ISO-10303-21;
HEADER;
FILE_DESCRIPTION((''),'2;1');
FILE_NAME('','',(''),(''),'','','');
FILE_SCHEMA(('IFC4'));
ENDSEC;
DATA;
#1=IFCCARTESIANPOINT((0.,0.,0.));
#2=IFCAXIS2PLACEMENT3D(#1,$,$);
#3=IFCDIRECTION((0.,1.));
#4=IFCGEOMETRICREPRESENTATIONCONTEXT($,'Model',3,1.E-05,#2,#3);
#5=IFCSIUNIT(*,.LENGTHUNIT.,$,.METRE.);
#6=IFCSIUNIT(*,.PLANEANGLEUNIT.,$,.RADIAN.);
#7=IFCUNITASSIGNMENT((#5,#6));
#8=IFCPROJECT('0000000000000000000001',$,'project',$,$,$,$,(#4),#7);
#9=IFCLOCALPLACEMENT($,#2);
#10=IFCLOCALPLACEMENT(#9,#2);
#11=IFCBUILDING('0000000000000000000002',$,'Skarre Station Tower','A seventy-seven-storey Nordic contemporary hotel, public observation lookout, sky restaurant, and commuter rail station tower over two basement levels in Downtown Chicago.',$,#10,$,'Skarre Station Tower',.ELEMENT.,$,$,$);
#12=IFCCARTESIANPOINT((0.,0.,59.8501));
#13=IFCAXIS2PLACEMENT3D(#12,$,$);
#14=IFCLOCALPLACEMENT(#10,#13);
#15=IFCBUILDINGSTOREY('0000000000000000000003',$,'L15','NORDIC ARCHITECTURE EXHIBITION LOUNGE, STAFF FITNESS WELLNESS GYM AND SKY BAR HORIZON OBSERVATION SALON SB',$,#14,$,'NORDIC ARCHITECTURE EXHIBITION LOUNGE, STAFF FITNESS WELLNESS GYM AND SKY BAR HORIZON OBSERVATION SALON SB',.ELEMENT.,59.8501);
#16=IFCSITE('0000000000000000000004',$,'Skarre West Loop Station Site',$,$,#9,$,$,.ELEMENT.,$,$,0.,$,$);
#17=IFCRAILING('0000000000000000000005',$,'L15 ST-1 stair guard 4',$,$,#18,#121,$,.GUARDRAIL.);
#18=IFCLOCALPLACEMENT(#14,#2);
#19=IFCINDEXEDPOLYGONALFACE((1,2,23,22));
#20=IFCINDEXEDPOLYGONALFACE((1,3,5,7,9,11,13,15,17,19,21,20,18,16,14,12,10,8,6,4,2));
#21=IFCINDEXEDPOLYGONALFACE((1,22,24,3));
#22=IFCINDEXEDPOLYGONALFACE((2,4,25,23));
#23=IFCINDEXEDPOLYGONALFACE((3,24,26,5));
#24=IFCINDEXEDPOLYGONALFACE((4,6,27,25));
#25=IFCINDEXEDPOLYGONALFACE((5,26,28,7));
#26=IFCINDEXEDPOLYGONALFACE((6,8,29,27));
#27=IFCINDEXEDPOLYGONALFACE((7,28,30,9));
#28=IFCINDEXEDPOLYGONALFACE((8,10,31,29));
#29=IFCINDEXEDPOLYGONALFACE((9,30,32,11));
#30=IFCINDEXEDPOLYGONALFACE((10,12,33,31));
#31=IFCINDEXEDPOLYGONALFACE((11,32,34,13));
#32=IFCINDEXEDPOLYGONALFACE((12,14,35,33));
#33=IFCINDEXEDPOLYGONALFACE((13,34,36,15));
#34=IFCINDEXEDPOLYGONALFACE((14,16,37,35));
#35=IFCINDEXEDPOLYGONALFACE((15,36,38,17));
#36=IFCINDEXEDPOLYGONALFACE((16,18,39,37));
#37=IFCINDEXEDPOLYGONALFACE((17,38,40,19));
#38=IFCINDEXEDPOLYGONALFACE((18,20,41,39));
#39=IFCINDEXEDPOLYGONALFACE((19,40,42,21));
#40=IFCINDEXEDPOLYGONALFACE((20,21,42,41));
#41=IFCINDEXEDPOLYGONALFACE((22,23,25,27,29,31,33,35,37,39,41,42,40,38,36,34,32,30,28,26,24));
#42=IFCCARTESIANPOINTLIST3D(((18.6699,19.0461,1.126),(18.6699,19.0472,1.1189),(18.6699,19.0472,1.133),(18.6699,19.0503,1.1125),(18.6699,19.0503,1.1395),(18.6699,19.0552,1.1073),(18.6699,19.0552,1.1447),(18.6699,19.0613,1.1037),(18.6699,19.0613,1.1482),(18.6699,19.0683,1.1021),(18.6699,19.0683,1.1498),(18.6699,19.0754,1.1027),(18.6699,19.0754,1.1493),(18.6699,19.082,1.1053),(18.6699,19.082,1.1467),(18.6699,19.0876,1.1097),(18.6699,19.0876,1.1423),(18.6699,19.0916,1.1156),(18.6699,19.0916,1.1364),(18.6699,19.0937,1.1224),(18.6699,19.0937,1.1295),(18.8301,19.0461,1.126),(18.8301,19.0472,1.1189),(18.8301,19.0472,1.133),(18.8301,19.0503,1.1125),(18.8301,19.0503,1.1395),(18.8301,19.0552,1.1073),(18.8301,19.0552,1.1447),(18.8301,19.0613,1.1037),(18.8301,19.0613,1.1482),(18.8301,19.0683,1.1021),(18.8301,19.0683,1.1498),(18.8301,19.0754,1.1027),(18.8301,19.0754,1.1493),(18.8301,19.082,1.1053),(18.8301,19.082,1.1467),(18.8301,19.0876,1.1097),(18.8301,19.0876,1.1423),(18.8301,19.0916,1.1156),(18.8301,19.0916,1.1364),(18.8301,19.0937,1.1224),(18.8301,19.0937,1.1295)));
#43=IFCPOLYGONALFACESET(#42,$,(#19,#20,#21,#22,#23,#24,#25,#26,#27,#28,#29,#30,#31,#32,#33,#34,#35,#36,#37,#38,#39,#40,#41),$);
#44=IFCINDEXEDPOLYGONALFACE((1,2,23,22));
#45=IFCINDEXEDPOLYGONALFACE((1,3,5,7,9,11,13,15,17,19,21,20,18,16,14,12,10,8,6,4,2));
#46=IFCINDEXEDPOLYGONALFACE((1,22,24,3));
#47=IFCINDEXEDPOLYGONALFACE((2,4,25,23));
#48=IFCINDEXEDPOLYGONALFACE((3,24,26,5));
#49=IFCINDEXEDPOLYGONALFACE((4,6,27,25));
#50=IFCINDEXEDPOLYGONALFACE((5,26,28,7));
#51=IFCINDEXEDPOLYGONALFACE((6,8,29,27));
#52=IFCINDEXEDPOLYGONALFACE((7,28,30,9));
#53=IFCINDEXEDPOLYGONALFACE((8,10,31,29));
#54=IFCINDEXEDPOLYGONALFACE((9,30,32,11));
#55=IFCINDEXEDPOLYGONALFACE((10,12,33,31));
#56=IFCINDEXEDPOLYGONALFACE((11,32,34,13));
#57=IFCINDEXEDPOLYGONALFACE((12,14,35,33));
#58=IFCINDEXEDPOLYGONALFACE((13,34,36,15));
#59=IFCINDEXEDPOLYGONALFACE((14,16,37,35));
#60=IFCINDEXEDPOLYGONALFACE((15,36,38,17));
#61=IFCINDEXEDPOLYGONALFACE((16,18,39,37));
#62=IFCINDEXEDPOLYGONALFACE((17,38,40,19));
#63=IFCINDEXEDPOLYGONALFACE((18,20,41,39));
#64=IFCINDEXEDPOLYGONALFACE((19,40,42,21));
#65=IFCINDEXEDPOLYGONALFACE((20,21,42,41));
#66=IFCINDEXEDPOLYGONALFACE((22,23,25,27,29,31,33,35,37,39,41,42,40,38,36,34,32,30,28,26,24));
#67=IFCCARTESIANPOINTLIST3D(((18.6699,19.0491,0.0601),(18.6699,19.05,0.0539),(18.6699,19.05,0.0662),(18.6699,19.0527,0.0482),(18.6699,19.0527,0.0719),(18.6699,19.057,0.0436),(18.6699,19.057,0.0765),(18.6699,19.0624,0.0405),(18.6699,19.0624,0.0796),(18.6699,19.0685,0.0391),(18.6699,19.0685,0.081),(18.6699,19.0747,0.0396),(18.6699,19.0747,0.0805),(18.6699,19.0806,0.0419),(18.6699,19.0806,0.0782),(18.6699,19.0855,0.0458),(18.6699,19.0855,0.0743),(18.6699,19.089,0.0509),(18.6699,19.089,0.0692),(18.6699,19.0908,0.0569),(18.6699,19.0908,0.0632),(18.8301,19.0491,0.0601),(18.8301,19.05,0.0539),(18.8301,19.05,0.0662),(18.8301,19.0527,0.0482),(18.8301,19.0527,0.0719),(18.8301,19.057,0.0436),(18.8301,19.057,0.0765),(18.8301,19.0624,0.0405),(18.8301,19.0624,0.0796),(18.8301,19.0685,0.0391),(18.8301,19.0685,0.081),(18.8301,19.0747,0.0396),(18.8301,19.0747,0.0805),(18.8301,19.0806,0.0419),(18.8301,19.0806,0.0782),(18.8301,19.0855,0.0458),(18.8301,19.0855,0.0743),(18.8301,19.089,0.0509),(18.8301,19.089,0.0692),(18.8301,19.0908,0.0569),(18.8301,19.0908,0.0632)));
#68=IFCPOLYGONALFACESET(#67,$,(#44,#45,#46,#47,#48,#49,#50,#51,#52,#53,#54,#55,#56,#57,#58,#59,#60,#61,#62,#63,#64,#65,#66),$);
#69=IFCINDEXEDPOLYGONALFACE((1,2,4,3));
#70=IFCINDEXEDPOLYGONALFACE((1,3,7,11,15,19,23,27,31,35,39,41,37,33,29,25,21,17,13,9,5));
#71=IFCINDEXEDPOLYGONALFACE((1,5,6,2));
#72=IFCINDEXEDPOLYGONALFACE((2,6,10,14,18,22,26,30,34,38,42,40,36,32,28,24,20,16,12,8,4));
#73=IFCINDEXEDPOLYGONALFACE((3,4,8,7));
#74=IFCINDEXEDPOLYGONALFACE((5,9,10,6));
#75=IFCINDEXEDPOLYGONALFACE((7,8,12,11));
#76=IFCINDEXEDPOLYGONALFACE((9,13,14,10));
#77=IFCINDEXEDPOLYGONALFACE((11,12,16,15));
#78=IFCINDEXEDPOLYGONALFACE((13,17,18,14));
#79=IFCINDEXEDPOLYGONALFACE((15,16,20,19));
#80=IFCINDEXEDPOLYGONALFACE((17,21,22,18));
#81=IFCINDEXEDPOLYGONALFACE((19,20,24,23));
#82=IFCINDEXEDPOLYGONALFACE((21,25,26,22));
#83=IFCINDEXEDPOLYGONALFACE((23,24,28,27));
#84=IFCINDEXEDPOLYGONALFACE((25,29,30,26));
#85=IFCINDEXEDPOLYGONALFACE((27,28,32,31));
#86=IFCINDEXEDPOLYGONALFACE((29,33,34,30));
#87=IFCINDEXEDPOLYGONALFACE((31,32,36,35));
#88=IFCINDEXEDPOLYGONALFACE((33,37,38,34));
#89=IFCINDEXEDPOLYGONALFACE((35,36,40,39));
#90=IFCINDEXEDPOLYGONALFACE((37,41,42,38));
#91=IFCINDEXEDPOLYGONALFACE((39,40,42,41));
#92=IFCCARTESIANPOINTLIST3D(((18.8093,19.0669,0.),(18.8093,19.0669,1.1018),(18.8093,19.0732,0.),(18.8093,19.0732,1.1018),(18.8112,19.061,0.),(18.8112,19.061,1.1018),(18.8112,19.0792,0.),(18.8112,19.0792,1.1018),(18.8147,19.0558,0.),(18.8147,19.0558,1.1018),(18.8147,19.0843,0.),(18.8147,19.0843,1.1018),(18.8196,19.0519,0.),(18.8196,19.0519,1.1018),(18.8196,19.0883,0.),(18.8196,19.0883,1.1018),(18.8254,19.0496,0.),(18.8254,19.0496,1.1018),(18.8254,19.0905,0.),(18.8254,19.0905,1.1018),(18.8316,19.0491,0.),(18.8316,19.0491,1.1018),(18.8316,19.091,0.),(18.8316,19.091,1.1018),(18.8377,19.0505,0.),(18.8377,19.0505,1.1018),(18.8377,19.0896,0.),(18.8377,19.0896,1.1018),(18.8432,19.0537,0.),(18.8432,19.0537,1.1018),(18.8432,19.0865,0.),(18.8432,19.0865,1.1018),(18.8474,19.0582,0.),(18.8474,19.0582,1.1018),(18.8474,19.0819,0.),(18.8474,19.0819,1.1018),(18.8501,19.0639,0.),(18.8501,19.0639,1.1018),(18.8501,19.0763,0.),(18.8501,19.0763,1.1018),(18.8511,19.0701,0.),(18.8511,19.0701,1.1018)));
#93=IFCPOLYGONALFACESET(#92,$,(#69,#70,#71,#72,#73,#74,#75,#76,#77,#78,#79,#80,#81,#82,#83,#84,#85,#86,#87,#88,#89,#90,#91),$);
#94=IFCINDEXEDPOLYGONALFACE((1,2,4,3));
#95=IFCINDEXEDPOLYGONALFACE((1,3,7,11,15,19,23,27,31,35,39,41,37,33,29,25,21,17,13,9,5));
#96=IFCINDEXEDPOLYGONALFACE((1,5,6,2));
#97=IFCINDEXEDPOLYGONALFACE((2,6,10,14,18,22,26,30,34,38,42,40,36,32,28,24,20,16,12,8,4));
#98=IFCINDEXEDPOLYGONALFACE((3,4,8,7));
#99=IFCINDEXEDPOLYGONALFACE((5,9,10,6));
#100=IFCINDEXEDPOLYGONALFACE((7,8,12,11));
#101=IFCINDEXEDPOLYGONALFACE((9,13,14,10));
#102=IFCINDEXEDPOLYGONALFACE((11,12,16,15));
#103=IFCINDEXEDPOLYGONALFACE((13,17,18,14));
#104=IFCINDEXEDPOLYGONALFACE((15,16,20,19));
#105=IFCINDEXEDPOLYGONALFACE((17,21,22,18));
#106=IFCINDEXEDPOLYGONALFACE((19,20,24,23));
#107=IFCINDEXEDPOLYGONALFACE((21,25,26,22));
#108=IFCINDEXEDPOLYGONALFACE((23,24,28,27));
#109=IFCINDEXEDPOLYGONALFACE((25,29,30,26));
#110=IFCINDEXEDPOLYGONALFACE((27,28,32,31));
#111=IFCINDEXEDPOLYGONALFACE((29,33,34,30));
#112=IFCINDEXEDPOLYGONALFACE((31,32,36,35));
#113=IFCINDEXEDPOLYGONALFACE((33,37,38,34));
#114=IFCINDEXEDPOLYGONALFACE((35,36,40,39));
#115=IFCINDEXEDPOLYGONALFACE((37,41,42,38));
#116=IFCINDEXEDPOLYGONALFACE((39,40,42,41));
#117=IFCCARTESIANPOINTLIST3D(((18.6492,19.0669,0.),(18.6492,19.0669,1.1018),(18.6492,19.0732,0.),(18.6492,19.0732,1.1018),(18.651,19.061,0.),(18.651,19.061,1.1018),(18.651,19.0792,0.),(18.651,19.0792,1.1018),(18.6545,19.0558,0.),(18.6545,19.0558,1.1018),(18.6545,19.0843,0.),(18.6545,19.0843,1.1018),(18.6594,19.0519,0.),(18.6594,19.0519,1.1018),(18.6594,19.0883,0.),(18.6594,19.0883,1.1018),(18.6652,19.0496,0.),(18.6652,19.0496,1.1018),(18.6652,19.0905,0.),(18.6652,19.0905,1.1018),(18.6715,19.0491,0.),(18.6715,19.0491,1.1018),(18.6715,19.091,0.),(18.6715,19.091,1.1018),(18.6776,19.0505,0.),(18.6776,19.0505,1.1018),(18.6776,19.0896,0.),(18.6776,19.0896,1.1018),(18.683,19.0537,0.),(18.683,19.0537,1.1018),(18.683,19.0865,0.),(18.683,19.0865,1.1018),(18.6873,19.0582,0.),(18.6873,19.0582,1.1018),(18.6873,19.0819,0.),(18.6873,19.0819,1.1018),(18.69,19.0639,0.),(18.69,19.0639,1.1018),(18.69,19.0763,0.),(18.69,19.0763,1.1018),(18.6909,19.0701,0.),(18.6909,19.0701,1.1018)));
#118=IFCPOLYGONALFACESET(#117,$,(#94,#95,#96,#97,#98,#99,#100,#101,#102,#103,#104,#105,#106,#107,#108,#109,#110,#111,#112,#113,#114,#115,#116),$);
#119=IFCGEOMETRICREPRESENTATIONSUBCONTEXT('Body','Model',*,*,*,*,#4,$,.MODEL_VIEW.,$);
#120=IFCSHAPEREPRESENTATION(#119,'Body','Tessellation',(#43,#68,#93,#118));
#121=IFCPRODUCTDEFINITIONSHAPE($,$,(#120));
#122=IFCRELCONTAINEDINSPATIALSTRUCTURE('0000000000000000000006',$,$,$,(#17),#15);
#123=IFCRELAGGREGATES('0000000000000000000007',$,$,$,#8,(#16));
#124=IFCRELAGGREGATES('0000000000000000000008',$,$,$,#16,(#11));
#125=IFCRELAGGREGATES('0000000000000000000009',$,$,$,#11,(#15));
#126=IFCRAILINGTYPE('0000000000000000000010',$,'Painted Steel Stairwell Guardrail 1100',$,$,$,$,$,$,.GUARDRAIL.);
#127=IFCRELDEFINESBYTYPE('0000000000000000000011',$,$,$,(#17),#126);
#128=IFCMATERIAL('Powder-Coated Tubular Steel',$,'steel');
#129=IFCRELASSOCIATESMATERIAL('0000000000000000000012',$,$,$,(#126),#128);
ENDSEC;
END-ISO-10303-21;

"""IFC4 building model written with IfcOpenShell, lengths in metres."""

from ifc_helpers import new_model, si_unit, direction, frame, origin, origin_2d, place, context, subcontext, project, spatial, circle, extrude, material, type_object, element, save


model = new_model("IFC4")

# Units and contexts
model_context = context("Model", 3, precision=1e-05, world=origin(), true_north=direction((0.0, 1.0)))
body_context = subcontext(model_context, "Body", "Model", "MODEL_VIEW")
ifc_project = project(units=[si_unit("LENGTHUNIT", "METRE"), si_unit("PLANEANGLEUNIT", "RADIAN")], contexts=[model_context])

# Site, building, storey
site_placement = place(None, origin())
site = spatial("IfcSite", under=ifc_project, at=site_placement, Name="Skarre West Loop Station Site", CompositionType="ELEMENT", RefElevation=0.0)
building_placement = place(site_placement, origin())
building = spatial("IfcBuilding", under=site, at=building_placement, Name="Skarre Station Tower", Description="A seventy-seven-storey Nordic contemporary hotel, public observation lookout, sky restaurant, and commuter rail station tower over two basement levels in Downtown Chicago.", LongName="Skarre Station Tower", CompositionType="ELEMENT")
storey_placement = place(building_placement, frame((0.0, 0.0, 59.8501)))
storey = spatial("IfcBuildingStorey", under=building, at=storey_placement, Name="L15", Description="NORDIC ARCHITECTURE EXHIBITION LOUNGE, STAFF FITNESS WELLNESS GYM AND SKY BAR HORIZON OBSERVATION SALON SB", LongName="NORDIC ARCHITECTURE EXHIBITION LOUNGE, STAFF FITNESS WELLNESS GYM AND SKY BAR HORIZON OBSERVATION SALON SB", CompositionType="ELEMENT", Elevation=59.8501)

# Railing
ifc_material_1 = material(Name="Powder-Coated Tubular Steel", Category="steel")
railing_type_1 = type_object("IfcRailingType", Name="Painted Steel Stairwell Guardrail 1100", PredefinedType="GUARDRAIL", material=ifc_material_1)
railing_1_placement = place(storey_placement, frame((18.8301, 19.0701, 0.0)))
element("IfcRailing", 1, at=railing_1_placement, inside=storey, type_object=railing_type_1, Name="L15 ST-1 stair guard 4", PredefinedType="GUARDRAIL", context=body_context, shape_type="SweptSolid", body=[
    extrude(circle(Radius=0.0239, at=origin_2d()), frame((0.0, 0.0, 1.126), z_axis=(-1.0, 0.0, 0.0), x_axis=(0.0, -1.0, 0.0)), (0.0, 0.0, 1.0), 0.1602),
    extrude(circle(Radius=0.021, at=origin_2d()), frame((0.0, 0.0, 0.0601), z_axis=(-1.0, 0.0, 0.0), x_axis=(0.0, -1.0, 0.0)), (0.0, 0.0, 1.0), 0.1602),
    extrude(circle(Radius=0.021, at=origin_2d()), origin(), (0.0, 0.0, 1.0), 1.1018),
    extrude(circle(Radius=0.021, at=origin_2d()), frame((-0.1602, 0.0, 0.0)), (0.0, 0.0, 1.0), 1.1018),
])

save(model, "model.ifc")
